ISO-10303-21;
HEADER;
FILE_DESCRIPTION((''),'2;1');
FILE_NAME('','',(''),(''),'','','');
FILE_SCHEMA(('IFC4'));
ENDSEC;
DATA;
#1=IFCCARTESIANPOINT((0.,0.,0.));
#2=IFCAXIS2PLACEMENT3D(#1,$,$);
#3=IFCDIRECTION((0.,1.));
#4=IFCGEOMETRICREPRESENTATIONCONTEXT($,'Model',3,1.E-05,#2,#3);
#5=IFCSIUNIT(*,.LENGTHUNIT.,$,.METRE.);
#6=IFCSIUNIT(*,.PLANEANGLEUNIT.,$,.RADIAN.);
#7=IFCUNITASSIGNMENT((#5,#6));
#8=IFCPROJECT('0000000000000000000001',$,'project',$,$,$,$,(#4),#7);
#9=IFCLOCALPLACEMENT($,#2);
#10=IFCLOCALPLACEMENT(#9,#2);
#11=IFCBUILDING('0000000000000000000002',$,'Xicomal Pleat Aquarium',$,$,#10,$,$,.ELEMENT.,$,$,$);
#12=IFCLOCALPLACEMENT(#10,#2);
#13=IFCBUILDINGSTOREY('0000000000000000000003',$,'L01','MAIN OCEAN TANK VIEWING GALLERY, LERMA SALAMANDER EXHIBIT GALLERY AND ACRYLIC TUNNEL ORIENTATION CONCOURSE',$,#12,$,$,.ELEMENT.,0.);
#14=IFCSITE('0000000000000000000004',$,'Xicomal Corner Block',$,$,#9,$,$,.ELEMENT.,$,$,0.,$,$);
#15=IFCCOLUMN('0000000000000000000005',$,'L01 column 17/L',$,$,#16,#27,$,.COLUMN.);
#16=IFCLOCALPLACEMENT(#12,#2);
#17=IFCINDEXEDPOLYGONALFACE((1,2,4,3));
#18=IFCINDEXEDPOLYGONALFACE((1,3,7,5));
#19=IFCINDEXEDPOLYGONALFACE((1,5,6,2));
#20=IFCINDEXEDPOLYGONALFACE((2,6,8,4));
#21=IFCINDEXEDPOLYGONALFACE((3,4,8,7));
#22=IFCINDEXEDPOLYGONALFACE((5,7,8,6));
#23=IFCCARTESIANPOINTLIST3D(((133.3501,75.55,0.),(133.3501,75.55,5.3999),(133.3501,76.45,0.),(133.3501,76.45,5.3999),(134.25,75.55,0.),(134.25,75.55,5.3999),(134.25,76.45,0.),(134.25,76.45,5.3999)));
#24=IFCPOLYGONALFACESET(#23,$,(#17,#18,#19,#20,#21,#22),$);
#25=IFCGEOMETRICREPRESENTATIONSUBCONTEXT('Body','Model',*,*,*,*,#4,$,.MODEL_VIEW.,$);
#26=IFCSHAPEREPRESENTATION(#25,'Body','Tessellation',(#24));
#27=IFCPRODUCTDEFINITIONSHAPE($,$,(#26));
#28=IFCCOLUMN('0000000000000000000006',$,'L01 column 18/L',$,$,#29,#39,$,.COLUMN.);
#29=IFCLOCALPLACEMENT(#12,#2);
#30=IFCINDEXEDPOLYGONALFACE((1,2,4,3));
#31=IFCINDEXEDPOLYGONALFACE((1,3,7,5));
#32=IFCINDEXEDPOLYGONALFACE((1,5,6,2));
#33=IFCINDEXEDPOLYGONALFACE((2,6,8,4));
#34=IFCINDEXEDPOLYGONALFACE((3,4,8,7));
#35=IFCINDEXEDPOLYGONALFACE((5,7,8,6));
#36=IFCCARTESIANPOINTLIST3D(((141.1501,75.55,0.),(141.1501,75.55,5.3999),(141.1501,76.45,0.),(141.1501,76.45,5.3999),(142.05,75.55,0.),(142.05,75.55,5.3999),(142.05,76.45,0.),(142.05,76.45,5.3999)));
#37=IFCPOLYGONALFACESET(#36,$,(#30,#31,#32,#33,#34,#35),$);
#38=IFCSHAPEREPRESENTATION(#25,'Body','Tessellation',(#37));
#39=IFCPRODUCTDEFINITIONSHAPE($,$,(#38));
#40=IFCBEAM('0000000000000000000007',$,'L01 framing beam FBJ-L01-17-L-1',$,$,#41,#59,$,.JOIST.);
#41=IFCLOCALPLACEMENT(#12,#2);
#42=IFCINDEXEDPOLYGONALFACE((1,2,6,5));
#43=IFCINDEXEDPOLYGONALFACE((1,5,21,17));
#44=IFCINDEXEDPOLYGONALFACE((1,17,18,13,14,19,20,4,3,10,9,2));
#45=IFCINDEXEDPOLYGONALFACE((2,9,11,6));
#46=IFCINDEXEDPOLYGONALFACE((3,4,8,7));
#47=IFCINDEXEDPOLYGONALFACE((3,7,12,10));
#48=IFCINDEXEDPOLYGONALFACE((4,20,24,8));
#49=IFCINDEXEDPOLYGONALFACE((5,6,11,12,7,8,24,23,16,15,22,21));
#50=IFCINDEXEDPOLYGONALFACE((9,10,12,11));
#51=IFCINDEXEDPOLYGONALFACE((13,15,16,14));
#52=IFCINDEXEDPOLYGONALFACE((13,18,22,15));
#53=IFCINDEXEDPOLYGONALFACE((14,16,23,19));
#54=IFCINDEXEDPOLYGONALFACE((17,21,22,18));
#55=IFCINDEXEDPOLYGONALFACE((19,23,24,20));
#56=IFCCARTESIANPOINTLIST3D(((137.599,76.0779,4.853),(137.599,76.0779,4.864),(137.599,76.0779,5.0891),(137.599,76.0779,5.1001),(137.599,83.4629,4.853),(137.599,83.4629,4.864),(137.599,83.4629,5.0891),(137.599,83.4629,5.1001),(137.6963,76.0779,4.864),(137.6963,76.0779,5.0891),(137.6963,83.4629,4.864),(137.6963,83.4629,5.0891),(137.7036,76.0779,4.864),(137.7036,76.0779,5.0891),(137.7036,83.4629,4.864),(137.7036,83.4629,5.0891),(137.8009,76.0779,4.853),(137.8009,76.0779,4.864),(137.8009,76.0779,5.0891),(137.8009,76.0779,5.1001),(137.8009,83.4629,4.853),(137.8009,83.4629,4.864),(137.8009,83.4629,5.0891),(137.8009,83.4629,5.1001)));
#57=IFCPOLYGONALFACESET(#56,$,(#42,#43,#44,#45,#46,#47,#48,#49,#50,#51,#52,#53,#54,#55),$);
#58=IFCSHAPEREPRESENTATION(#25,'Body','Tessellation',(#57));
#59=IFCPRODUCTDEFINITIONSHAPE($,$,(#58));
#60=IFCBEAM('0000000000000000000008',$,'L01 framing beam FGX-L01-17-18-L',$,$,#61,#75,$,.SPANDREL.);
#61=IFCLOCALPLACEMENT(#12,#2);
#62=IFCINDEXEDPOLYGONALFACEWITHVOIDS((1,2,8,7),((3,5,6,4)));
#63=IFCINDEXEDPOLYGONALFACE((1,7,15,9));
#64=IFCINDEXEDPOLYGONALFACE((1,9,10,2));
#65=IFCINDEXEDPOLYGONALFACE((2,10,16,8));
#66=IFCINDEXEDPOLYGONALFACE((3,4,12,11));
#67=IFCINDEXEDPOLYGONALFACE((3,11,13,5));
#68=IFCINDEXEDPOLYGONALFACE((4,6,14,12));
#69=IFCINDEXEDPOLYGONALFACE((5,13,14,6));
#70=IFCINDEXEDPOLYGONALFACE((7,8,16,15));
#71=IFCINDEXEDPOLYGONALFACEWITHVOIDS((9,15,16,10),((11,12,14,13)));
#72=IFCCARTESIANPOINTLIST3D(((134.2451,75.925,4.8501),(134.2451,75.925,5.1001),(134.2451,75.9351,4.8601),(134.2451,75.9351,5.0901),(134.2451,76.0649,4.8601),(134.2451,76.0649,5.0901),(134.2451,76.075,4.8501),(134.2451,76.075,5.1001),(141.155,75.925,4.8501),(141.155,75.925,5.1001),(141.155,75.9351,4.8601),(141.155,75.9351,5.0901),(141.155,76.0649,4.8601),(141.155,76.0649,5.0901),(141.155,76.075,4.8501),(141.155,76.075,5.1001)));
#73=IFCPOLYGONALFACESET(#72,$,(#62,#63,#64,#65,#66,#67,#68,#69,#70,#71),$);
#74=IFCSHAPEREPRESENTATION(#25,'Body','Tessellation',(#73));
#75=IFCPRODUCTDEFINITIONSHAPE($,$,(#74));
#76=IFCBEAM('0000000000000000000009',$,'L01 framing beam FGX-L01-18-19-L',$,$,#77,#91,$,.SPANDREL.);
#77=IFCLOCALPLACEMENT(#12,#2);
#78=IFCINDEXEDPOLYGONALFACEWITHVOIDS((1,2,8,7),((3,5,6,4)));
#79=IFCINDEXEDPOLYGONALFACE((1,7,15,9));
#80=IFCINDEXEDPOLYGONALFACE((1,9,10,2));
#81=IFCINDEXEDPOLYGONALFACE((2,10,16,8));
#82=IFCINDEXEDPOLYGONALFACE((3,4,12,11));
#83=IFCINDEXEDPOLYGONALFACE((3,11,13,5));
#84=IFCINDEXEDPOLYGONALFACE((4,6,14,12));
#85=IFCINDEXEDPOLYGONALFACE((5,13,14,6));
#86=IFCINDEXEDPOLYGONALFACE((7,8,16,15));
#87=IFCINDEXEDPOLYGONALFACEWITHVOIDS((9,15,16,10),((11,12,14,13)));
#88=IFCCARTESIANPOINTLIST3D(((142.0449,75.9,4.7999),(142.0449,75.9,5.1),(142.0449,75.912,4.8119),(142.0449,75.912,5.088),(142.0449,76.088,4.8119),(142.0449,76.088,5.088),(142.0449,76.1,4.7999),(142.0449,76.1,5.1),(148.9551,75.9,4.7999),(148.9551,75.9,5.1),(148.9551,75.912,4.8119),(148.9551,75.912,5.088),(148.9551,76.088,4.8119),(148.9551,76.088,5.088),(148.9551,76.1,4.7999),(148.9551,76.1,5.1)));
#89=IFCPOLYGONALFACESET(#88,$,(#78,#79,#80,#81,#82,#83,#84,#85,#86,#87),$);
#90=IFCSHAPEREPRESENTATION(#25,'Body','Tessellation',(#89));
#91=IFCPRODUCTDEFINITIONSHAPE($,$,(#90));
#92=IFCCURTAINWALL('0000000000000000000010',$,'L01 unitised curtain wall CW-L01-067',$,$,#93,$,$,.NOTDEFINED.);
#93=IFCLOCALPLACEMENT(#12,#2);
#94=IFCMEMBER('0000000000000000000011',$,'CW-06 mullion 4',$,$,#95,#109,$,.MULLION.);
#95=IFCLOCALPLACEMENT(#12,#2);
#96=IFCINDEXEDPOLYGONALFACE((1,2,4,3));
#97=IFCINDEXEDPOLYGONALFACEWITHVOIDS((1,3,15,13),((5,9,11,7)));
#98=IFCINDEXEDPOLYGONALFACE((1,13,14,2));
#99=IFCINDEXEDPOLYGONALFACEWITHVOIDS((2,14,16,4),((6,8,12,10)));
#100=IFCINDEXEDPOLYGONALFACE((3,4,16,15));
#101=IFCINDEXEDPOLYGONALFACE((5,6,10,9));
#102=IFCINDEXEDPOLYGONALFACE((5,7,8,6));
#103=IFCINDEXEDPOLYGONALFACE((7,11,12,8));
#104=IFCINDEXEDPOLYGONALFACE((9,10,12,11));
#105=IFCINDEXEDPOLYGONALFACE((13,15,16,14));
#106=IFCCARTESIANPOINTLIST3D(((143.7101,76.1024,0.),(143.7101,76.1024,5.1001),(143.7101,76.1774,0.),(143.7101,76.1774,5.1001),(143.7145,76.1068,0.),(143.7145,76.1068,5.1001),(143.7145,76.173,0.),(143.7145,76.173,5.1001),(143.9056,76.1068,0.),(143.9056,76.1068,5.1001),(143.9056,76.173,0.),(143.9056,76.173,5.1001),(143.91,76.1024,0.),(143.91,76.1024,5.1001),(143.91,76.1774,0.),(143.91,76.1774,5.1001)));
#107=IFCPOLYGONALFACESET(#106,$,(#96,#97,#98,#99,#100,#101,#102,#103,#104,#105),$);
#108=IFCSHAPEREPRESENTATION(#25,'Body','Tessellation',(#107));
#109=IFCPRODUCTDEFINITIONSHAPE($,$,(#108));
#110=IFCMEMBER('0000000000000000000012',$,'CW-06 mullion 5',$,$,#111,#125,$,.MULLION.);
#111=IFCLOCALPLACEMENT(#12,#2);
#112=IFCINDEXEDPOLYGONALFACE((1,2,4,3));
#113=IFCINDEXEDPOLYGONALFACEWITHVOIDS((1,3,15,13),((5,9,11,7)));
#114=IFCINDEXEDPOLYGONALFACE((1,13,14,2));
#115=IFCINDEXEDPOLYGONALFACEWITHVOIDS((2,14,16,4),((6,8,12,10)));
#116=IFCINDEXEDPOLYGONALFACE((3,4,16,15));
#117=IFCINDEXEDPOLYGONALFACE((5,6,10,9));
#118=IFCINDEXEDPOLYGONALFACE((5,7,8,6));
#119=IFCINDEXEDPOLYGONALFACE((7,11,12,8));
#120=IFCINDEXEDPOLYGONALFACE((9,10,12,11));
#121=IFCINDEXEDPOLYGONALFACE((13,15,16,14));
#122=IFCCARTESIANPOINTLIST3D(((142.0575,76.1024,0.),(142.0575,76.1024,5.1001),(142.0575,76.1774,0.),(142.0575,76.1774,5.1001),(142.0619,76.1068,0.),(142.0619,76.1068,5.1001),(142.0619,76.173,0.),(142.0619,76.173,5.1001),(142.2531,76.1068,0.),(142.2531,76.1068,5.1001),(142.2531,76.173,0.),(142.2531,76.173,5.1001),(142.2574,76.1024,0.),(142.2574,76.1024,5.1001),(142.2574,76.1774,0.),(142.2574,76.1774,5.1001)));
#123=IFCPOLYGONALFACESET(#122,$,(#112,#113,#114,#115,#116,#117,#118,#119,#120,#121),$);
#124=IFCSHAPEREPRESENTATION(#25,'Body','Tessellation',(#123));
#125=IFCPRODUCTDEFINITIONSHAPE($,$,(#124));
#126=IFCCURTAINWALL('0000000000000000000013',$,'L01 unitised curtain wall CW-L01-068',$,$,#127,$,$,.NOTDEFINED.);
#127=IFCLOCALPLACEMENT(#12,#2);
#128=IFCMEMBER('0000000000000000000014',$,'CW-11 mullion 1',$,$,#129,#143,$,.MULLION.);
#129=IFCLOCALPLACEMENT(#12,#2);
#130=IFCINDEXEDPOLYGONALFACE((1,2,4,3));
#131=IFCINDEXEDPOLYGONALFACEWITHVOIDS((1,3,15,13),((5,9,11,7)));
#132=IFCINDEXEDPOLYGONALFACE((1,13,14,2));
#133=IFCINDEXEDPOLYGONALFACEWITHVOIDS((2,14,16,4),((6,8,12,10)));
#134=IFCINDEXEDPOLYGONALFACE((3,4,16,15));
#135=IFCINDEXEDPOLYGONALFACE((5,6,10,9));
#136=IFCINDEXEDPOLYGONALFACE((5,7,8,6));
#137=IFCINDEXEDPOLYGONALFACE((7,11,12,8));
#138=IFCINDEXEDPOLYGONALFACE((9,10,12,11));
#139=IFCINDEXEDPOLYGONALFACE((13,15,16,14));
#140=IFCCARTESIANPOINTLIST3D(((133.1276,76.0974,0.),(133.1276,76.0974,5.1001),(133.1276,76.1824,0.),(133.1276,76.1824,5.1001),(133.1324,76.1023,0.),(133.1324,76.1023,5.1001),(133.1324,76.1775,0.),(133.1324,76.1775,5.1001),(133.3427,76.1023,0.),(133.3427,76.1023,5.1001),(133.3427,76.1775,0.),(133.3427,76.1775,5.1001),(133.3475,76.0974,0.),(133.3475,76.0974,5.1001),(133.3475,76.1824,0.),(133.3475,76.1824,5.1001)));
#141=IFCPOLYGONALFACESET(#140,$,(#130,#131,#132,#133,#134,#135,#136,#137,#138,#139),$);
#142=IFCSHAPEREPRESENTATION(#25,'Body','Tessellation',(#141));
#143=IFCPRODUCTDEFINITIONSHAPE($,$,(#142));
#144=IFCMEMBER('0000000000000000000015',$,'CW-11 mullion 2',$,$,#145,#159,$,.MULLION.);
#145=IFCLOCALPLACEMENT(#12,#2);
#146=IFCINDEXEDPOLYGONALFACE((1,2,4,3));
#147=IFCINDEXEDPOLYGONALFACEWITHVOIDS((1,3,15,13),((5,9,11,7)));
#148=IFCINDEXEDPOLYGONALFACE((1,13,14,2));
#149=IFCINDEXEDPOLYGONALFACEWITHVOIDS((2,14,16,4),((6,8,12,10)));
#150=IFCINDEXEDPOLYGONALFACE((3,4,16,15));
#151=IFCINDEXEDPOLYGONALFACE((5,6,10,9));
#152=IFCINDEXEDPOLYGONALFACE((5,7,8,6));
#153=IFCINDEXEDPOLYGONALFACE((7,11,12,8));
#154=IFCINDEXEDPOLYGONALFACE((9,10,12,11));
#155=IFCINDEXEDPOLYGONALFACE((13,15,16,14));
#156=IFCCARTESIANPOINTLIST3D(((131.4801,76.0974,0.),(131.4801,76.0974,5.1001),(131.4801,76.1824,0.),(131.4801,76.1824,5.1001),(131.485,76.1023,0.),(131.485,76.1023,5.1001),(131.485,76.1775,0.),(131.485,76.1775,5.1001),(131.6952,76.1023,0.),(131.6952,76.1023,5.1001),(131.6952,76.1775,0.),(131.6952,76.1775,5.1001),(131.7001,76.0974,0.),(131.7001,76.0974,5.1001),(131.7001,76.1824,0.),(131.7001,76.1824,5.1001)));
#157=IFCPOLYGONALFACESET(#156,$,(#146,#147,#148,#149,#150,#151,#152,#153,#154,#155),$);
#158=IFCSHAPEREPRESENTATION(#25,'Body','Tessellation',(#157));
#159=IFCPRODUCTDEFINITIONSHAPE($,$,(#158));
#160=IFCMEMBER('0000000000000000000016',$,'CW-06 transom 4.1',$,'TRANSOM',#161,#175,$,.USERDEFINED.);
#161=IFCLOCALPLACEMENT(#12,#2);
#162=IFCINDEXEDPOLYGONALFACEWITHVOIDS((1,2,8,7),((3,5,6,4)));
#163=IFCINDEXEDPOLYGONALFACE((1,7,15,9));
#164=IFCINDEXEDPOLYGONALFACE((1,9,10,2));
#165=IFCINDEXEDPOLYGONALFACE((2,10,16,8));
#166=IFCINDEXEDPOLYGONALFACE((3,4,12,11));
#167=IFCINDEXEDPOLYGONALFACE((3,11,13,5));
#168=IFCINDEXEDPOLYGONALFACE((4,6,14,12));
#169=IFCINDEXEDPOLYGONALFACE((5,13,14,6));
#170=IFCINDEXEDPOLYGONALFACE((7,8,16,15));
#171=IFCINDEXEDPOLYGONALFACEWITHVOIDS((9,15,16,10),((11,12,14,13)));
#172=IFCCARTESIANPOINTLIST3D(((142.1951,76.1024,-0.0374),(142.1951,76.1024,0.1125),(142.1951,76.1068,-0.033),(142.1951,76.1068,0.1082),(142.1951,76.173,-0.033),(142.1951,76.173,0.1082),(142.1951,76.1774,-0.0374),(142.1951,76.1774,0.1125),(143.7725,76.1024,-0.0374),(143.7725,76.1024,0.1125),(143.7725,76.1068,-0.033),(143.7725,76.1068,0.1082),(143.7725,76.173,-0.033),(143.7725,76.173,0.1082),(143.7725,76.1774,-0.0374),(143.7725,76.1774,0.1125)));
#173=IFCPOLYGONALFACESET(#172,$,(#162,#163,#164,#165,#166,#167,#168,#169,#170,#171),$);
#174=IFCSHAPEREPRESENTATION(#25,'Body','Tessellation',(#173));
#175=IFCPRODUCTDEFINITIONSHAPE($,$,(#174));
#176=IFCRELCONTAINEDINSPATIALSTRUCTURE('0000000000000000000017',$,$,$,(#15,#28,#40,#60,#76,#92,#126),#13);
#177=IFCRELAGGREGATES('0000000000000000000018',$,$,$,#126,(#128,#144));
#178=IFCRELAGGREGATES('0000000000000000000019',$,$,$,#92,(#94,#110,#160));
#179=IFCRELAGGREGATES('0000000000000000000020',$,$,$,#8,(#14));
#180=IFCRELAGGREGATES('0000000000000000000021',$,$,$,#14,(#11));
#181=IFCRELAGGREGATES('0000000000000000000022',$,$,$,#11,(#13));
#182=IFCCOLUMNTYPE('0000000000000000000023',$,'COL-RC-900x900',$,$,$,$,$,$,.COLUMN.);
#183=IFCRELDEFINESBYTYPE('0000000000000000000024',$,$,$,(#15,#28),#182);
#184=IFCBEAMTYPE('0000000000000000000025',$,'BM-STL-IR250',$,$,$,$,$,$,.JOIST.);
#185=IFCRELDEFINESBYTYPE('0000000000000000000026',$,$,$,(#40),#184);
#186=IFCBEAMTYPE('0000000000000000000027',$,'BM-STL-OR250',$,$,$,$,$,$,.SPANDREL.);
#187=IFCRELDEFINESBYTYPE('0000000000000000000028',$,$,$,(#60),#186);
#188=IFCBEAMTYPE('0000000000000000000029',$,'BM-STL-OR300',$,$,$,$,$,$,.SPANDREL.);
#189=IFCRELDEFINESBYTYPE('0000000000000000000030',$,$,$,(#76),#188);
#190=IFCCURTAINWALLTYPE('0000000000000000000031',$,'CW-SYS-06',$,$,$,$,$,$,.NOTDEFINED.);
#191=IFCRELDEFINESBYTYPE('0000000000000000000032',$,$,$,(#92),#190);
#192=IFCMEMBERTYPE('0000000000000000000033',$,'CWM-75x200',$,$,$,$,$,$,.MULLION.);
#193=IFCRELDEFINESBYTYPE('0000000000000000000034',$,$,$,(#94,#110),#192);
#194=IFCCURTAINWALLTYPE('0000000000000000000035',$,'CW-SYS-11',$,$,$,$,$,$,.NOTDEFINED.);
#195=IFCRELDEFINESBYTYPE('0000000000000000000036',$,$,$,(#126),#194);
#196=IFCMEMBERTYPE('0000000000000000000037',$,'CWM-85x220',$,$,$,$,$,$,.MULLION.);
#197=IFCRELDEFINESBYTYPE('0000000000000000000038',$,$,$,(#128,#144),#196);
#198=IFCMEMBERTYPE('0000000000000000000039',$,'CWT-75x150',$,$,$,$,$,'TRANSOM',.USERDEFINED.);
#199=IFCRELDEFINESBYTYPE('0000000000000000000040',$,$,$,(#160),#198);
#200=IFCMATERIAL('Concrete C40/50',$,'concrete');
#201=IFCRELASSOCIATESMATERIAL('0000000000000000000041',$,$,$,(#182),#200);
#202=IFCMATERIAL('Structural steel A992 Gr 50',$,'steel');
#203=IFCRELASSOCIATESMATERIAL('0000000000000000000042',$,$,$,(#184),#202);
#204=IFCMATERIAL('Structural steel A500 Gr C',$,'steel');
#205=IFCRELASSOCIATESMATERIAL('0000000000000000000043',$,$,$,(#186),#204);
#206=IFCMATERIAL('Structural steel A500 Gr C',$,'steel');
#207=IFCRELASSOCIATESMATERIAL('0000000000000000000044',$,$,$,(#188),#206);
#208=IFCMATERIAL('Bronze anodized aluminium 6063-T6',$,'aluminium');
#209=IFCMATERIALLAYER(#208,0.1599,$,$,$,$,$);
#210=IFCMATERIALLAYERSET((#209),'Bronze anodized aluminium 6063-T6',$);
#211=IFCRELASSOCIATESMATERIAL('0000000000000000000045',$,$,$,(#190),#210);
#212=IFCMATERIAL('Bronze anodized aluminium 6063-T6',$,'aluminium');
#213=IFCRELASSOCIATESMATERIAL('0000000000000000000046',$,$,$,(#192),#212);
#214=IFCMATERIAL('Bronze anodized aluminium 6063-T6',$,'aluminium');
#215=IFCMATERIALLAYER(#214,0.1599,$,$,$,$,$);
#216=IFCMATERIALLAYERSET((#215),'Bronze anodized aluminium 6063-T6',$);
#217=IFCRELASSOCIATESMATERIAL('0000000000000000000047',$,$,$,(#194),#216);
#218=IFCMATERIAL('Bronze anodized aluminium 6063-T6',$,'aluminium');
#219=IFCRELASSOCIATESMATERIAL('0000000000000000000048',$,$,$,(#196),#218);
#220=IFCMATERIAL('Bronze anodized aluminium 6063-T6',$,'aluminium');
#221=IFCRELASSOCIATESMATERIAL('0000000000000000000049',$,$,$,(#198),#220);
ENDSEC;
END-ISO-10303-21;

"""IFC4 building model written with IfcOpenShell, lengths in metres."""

from ifc_helpers import new_model, si_unit, direction, frame, origin, origin_2d, place, context, subcontext, project, spatial, rectangle, hollow_rectangle, i_section, extrude, material, layer, layer_set, material_profile, profile_set, type_object, element, aggregate, save


model = new_model("IFC4")

# Units and contexts
model_context = context("Model", 3, precision=1e-05, world=origin(), true_north=direction((0.0, 1.0)))
body_context = subcontext(model_context, "Body", "Model", "MODEL_VIEW")
ifc_project = project(units=[si_unit("LENGTHUNIT", "METRE"), si_unit("PLANEANGLEUNIT", "RADIAN")], contexts=[model_context])

# Site, building, storey
site_placement = place(None, origin())
site = spatial("IfcSite", under=ifc_project, at=site_placement, Name="Xicomal Corner Block", CompositionType="ELEMENT", RefElevation=0.0)
building_placement = place(site_placement, origin())
building = spatial("IfcBuilding", under=site, at=building_placement, Name="Xicomal Pleat Aquarium", CompositionType="ELEMENT")
storey_placement = place(building_placement, origin())
storey = spatial("IfcBuildingStorey", under=building, at=storey_placement, Name="L01", Description="MAIN OCEAN TANK VIEWING GALLERY, LERMA SALAMANDER EXHIBIT GALLERY AND ACRYLIC TUNNEL ORIENTATION CONCOURSE", CompositionType="ELEMENT", Elevation=0.0)

# Columns
ifc_material_1 = material(Name="Concrete C40/50", Category="concrete")
ifc_material_profile_1 = material_profile(ifc_material_1, rectangle(XDim=0.8999, YDim=0.8999, at=origin_2d()), Name="RC 900x900")
ifc_profile_set_1 = profile_set([ifc_material_profile_1], Name="Concrete C40/50")
column_type = type_object("IfcColumnType", Name="COL-RC-900x900", PredefinedType="COLUMN", material=ifc_profile_set_1)
for number, where, z_axis, x_axis, name in (
    (1, (133.8, 76.0, 0.0), (0.0, 0.0, 1.0), (1.0, 0.0, 0.0), "L01 column 17/L"),
    (2, (141.6001, 76.0, 0.0), (0.0, 0.0, 1.0), (1.0, 0.0, 0.0), "L01 column 18/L"),
):
    element("IfcColumn", number, at=place(storey_placement, frame(where, z_axis=z_axis, x_axis=x_axis)), inside=storey, type_object=column_type, Name=name, PredefinedType="COLUMN", context=body_context, shape_type="SweptSolid", body=[
        extrude(rectangle(XDim=0.8999, YDim=0.8999, at=origin_2d()), origin(), (0.0, 0.0, 1.0), 5.3999),
    ])

# Beams
ifc_material_2 = material(Name="Structural steel A992 Gr 50", Category="steel")
ifc_material_profile_2 = material_profile(ifc_material_2, i_section(OverallWidth=0.2019, OverallDepth=0.2471, WebThickness=0.0073, FlangeThickness=0.011, at=origin_2d()), Name="IR 250x49")
ifc_profile_set_2 = profile_set([ifc_material_profile_2], Name="Structural steel A992 Gr 50")
beam_type_1 = type_object("IfcBeamType", Name="BM-STL-IR250", PredefinedType="JOIST", material=ifc_profile_set_2)
beam_1_placement = place(storey_placement, frame((137.7, 76.0779, 4.9766), z_axis=(0.0, 1.0, 0.0), x_axis=(-1.0, 0.0, 0.0)))
element("IfcBeam", 3, at=beam_1_placement, inside=storey, type_object=beam_type_1, Name="L01 framing beam FBJ-L01-17-L-1", PredefinedType="JOIST", context=body_context, shape_type="SweptSolid", body=[
    extrude(i_section(OverallWidth=0.2019, OverallDepth=0.2471, WebThickness=0.0073, FlangeThickness=0.011, at=origin_2d()), origin(), (0.0, 0.0, 1.0), 7.385),
])
ifc_material_3 = material(Name="Structural steel A500 Gr C", Category="steel")
ifc_material_profile_3 = material_profile(ifc_material_3, hollow_rectangle(XDim=0.1499, YDim=0.25, WallThickness=0.01, at=origin_2d()), Name="OR 250x150x10")
ifc_profile_set_3 = profile_set([ifc_material_profile_3], Name="Structural steel A500 Gr C")
beam_type_2 = type_object("IfcBeamType", Name="BM-STL-OR250", PredefinedType="SPANDREL", material=ifc_profile_set_3)
beam_2_placement = place(storey_placement, frame((134.2451, 76.0, 4.9751), z_axis=(1.0, 0.0, 0.0), x_axis=(0.0, 1.0, 0.0)))
element("IfcBeam", 4, at=beam_2_placement, inside=storey, type_object=beam_type_2, Name="L01 framing beam FGX-L01-17-18-L", PredefinedType="SPANDREL", context=body_context, shape_type="SweptSolid", body=[
    extrude(hollow_rectangle(XDim=0.1499, YDim=0.25, WallThickness=0.01, at=origin_2d()), origin(), (0.0, 0.0, 1.0), 6.9099),
])
ifc_material_4 = material(Name="Structural steel A500 Gr C", Category="steel")
ifc_material_profile_4 = material_profile(ifc_material_4, hollow_rectangle(XDim=0.2, YDim=0.3, WallThickness=0.012, at=origin_2d()), Name="OR 300x200x12")
ifc_profile_set_4 = profile_set([ifc_material_profile_4], Name="Structural steel A500 Gr C")
beam_type_3 = type_object("IfcBeamType", Name="BM-STL-OR300", PredefinedType="SPANDREL", material=ifc_profile_set_4)
beam_3_placement = place(storey_placement, frame((142.0449, 76.0, 4.95), z_axis=(1.0, 0.0, 0.0), x_axis=(0.0, 1.0, 0.0)))
element("IfcBeam", 5, at=beam_3_placement, inside=storey, type_object=beam_type_3, Name="L01 framing beam FGX-L01-18-19-L", PredefinedType="SPANDREL", context=body_context, shape_type="SweptSolid", body=[
    extrude(hollow_rectangle(XDim=0.2, YDim=0.3, WallThickness=0.012, at=origin_2d()), origin(), (0.0, 0.0, 1.0), 6.9102),
])

# Curtain walls, members
ifc_material_5 = material(Name="Bronze anodized aluminium 6063-T6", Category="aluminium")
ifc_layer_1 = layer(ifc_material_5, 0.1599)
ifc_layer_set_1 = layer_set([ifc_layer_1], Name="Bronze anodized aluminium 6063-T6")
curtain_wall_type_1 = type_object("IfcCurtainWallType", Name="CW-SYS-06", PredefinedType="NOTDEFINED", material=ifc_layer_set_1)
curtain_wall_1_placement = place(storey_placement, origin())
curtain_wall_1 = element("IfcCurtainWall", 6, at=curtain_wall_1_placement, inside=storey, type_object=curtain_wall_type_1, Name="L01 unitised curtain wall CW-L01-067", PredefinedType="NOTDEFINED")
ifc_material_6 = material(Name="Bronze anodized aluminium 6063-T6", Category="aluminium")
ifc_material_profile_5 = material_profile(ifc_material_6, hollow_rectangle(XDim=0.075, YDim=0.2, WallThickness=0.0044, at=origin_2d()), Name="ALU MULL 75x200")
ifc_profile_set_5 = profile_set([ifc_material_profile_5], Name="Bronze anodized aluminium 6063-T6")
member_type_1 = type_object("IfcMemberType", Name="CWM-75x200", PredefinedType="MULLION", material=ifc_profile_set_5)
member_1_placement = place(storey_placement, frame((143.8101, 76.1399, 0.0), z_axis=(0.0, 0.0, 1.0), x_axis=(0.0, -1.0, 0.0)))
member_1 = element("IfcMember", 7, at=member_1_placement, type_object=member_type_1, Name="CW-06 mullion 4", PredefinedType="MULLION", context=body_context, shape_type="SweptSolid", body=[
    extrude(hollow_rectangle(XDim=0.075, YDim=0.2, WallThickness=0.0044, at=origin_2d()), origin(), (0.0, 0.0, 1.0), 5.1001),
])
member_2_placement = place(storey_placement, frame((142.1575, 76.1399, 0.0), z_axis=(0.0, 0.0, 1.0), x_axis=(0.0, -1.0, 0.0)))
member_2 = element("IfcMember", 8, at=member_2_placement, type_object=member_type_1, Name="CW-06 mullion 5", PredefinedType="MULLION", context=body_context, shape_type="SweptSolid", body=[
    extrude(hollow_rectangle(XDim=0.075, YDim=0.2, WallThickness=0.0044, at=origin_2d()), origin(), (0.0, 0.0, 1.0), 5.1001),
])
ifc_material_7 = material(Name="Bronze anodized aluminium 6063-T6", Category="aluminium")
ifc_layer_2 = layer(ifc_material_7, 0.1599)
ifc_layer_set_2 = layer_set([ifc_layer_2], Name="Bronze anodized aluminium 6063-T6")
curtain_wall_type_2 = type_object("IfcCurtainWallType", Name="CW-SYS-11", PredefinedType="NOTDEFINED", material=ifc_layer_set_2)
curtain_wall_2_placement = place(storey_placement, origin())
curtain_wall_2 = element("IfcCurtainWall", 9, at=curtain_wall_2_placement, inside=storey, type_object=curtain_wall_type_2, Name="L01 unitised curtain wall CW-L01-068", PredefinedType="NOTDEFINED")
ifc_material_8 = material(Name="Bronze anodized aluminium 6063-T6", Category="aluminium")
ifc_material_profile_6 = material_profile(ifc_material_8, hollow_rectangle(XDim=0.085, YDim=0.22, WallThickness=0.0049, at=origin_2d()), Name="ALU MULL 85x220")
ifc_profile_set_6 = profile_set([ifc_material_profile_6], Name="Bronze anodized aluminium 6063-T6")
member_type_2 = type_object("IfcMemberType", Name="CWM-85x220", PredefinedType="MULLION", material=ifc_profile_set_6)
member_3_placement = place(storey_placement, frame((133.2375, 76.1399, 0.0), z_axis=(0.0, 0.0, 1.0), x_axis=(0.0, -1.0, 0.0)))
member_3 = element("IfcMember", 10, at=member_3_placement, type_object=member_type_2, Name="CW-11 mullion 1", PredefinedType="MULLION", context=body_context, shape_type="SweptSolid", body=[
    extrude(hollow_rectangle(XDim=0.085, YDim=0.22, WallThickness=0.0049, at=origin_2d()), origin(), (0.0, 0.0, 1.0), 5.1001),
])
member_4_placement = place(storey_placement, frame((131.5901, 76.1399, 0.0), z_axis=(0.0, 0.0, 1.0), x_axis=(0.0, -1.0, 0.0)))
member_4 = element("IfcMember", 11, at=member_4_placement, type_object=member_type_2, Name="CW-11 mullion 2", PredefinedType="MULLION", context=body_context, shape_type="SweptSolid", body=[
    extrude(hollow_rectangle(XDim=0.085, YDim=0.22, WallThickness=0.0049, at=origin_2d()), origin(), (0.0, 0.0, 1.0), 5.1001),
])

# Member
ifc_material_9 = material(Name="Bronze anodized aluminium 6063-T6", Category="aluminium")
ifc_material_profile_7 = material_profile(ifc_material_9, hollow_rectangle(XDim=0.075, YDim=0.1499, WallThickness=0.0044, at=origin_2d()), Name="ALU TRAN 75x150")
ifc_profile_set_7 = profile_set([ifc_material_profile_7], Name="Bronze anodized aluminium 6063-T6")
member_type_3 = type_object("IfcMemberType", Name="CWT-75x150", ElementType="TRANSOM", PredefinedType="USERDEFINED", material=ifc_profile_set_7)
member_5_placement = place(storey_placement, frame((143.7725, 76.1399, 0.0376), z_axis=(-1.0, 0.0, 0.0), x_axis=(0.0, -1.0, 0.0)))
member_5 = element("IfcMember", 12, at=member_5_placement, type_object=member_type_3, Name="CW-06 transom 4.1", ObjectType="TRANSOM", PredefinedType="USERDEFINED", context=body_context, shape_type="SweptSolid", body=[
    extrude(hollow_rectangle(XDim=0.075, YDim=0.1499, WallThickness=0.0044, at=origin_2d()), origin(), (0.0, 0.0, 1.0), 1.5774),
])

aggregate(curtain_wall_2, [member_3, member_4])
aggregate(curtain_wall_1, [member_1, member_2, member_5])

save(model, "model.ifc")
